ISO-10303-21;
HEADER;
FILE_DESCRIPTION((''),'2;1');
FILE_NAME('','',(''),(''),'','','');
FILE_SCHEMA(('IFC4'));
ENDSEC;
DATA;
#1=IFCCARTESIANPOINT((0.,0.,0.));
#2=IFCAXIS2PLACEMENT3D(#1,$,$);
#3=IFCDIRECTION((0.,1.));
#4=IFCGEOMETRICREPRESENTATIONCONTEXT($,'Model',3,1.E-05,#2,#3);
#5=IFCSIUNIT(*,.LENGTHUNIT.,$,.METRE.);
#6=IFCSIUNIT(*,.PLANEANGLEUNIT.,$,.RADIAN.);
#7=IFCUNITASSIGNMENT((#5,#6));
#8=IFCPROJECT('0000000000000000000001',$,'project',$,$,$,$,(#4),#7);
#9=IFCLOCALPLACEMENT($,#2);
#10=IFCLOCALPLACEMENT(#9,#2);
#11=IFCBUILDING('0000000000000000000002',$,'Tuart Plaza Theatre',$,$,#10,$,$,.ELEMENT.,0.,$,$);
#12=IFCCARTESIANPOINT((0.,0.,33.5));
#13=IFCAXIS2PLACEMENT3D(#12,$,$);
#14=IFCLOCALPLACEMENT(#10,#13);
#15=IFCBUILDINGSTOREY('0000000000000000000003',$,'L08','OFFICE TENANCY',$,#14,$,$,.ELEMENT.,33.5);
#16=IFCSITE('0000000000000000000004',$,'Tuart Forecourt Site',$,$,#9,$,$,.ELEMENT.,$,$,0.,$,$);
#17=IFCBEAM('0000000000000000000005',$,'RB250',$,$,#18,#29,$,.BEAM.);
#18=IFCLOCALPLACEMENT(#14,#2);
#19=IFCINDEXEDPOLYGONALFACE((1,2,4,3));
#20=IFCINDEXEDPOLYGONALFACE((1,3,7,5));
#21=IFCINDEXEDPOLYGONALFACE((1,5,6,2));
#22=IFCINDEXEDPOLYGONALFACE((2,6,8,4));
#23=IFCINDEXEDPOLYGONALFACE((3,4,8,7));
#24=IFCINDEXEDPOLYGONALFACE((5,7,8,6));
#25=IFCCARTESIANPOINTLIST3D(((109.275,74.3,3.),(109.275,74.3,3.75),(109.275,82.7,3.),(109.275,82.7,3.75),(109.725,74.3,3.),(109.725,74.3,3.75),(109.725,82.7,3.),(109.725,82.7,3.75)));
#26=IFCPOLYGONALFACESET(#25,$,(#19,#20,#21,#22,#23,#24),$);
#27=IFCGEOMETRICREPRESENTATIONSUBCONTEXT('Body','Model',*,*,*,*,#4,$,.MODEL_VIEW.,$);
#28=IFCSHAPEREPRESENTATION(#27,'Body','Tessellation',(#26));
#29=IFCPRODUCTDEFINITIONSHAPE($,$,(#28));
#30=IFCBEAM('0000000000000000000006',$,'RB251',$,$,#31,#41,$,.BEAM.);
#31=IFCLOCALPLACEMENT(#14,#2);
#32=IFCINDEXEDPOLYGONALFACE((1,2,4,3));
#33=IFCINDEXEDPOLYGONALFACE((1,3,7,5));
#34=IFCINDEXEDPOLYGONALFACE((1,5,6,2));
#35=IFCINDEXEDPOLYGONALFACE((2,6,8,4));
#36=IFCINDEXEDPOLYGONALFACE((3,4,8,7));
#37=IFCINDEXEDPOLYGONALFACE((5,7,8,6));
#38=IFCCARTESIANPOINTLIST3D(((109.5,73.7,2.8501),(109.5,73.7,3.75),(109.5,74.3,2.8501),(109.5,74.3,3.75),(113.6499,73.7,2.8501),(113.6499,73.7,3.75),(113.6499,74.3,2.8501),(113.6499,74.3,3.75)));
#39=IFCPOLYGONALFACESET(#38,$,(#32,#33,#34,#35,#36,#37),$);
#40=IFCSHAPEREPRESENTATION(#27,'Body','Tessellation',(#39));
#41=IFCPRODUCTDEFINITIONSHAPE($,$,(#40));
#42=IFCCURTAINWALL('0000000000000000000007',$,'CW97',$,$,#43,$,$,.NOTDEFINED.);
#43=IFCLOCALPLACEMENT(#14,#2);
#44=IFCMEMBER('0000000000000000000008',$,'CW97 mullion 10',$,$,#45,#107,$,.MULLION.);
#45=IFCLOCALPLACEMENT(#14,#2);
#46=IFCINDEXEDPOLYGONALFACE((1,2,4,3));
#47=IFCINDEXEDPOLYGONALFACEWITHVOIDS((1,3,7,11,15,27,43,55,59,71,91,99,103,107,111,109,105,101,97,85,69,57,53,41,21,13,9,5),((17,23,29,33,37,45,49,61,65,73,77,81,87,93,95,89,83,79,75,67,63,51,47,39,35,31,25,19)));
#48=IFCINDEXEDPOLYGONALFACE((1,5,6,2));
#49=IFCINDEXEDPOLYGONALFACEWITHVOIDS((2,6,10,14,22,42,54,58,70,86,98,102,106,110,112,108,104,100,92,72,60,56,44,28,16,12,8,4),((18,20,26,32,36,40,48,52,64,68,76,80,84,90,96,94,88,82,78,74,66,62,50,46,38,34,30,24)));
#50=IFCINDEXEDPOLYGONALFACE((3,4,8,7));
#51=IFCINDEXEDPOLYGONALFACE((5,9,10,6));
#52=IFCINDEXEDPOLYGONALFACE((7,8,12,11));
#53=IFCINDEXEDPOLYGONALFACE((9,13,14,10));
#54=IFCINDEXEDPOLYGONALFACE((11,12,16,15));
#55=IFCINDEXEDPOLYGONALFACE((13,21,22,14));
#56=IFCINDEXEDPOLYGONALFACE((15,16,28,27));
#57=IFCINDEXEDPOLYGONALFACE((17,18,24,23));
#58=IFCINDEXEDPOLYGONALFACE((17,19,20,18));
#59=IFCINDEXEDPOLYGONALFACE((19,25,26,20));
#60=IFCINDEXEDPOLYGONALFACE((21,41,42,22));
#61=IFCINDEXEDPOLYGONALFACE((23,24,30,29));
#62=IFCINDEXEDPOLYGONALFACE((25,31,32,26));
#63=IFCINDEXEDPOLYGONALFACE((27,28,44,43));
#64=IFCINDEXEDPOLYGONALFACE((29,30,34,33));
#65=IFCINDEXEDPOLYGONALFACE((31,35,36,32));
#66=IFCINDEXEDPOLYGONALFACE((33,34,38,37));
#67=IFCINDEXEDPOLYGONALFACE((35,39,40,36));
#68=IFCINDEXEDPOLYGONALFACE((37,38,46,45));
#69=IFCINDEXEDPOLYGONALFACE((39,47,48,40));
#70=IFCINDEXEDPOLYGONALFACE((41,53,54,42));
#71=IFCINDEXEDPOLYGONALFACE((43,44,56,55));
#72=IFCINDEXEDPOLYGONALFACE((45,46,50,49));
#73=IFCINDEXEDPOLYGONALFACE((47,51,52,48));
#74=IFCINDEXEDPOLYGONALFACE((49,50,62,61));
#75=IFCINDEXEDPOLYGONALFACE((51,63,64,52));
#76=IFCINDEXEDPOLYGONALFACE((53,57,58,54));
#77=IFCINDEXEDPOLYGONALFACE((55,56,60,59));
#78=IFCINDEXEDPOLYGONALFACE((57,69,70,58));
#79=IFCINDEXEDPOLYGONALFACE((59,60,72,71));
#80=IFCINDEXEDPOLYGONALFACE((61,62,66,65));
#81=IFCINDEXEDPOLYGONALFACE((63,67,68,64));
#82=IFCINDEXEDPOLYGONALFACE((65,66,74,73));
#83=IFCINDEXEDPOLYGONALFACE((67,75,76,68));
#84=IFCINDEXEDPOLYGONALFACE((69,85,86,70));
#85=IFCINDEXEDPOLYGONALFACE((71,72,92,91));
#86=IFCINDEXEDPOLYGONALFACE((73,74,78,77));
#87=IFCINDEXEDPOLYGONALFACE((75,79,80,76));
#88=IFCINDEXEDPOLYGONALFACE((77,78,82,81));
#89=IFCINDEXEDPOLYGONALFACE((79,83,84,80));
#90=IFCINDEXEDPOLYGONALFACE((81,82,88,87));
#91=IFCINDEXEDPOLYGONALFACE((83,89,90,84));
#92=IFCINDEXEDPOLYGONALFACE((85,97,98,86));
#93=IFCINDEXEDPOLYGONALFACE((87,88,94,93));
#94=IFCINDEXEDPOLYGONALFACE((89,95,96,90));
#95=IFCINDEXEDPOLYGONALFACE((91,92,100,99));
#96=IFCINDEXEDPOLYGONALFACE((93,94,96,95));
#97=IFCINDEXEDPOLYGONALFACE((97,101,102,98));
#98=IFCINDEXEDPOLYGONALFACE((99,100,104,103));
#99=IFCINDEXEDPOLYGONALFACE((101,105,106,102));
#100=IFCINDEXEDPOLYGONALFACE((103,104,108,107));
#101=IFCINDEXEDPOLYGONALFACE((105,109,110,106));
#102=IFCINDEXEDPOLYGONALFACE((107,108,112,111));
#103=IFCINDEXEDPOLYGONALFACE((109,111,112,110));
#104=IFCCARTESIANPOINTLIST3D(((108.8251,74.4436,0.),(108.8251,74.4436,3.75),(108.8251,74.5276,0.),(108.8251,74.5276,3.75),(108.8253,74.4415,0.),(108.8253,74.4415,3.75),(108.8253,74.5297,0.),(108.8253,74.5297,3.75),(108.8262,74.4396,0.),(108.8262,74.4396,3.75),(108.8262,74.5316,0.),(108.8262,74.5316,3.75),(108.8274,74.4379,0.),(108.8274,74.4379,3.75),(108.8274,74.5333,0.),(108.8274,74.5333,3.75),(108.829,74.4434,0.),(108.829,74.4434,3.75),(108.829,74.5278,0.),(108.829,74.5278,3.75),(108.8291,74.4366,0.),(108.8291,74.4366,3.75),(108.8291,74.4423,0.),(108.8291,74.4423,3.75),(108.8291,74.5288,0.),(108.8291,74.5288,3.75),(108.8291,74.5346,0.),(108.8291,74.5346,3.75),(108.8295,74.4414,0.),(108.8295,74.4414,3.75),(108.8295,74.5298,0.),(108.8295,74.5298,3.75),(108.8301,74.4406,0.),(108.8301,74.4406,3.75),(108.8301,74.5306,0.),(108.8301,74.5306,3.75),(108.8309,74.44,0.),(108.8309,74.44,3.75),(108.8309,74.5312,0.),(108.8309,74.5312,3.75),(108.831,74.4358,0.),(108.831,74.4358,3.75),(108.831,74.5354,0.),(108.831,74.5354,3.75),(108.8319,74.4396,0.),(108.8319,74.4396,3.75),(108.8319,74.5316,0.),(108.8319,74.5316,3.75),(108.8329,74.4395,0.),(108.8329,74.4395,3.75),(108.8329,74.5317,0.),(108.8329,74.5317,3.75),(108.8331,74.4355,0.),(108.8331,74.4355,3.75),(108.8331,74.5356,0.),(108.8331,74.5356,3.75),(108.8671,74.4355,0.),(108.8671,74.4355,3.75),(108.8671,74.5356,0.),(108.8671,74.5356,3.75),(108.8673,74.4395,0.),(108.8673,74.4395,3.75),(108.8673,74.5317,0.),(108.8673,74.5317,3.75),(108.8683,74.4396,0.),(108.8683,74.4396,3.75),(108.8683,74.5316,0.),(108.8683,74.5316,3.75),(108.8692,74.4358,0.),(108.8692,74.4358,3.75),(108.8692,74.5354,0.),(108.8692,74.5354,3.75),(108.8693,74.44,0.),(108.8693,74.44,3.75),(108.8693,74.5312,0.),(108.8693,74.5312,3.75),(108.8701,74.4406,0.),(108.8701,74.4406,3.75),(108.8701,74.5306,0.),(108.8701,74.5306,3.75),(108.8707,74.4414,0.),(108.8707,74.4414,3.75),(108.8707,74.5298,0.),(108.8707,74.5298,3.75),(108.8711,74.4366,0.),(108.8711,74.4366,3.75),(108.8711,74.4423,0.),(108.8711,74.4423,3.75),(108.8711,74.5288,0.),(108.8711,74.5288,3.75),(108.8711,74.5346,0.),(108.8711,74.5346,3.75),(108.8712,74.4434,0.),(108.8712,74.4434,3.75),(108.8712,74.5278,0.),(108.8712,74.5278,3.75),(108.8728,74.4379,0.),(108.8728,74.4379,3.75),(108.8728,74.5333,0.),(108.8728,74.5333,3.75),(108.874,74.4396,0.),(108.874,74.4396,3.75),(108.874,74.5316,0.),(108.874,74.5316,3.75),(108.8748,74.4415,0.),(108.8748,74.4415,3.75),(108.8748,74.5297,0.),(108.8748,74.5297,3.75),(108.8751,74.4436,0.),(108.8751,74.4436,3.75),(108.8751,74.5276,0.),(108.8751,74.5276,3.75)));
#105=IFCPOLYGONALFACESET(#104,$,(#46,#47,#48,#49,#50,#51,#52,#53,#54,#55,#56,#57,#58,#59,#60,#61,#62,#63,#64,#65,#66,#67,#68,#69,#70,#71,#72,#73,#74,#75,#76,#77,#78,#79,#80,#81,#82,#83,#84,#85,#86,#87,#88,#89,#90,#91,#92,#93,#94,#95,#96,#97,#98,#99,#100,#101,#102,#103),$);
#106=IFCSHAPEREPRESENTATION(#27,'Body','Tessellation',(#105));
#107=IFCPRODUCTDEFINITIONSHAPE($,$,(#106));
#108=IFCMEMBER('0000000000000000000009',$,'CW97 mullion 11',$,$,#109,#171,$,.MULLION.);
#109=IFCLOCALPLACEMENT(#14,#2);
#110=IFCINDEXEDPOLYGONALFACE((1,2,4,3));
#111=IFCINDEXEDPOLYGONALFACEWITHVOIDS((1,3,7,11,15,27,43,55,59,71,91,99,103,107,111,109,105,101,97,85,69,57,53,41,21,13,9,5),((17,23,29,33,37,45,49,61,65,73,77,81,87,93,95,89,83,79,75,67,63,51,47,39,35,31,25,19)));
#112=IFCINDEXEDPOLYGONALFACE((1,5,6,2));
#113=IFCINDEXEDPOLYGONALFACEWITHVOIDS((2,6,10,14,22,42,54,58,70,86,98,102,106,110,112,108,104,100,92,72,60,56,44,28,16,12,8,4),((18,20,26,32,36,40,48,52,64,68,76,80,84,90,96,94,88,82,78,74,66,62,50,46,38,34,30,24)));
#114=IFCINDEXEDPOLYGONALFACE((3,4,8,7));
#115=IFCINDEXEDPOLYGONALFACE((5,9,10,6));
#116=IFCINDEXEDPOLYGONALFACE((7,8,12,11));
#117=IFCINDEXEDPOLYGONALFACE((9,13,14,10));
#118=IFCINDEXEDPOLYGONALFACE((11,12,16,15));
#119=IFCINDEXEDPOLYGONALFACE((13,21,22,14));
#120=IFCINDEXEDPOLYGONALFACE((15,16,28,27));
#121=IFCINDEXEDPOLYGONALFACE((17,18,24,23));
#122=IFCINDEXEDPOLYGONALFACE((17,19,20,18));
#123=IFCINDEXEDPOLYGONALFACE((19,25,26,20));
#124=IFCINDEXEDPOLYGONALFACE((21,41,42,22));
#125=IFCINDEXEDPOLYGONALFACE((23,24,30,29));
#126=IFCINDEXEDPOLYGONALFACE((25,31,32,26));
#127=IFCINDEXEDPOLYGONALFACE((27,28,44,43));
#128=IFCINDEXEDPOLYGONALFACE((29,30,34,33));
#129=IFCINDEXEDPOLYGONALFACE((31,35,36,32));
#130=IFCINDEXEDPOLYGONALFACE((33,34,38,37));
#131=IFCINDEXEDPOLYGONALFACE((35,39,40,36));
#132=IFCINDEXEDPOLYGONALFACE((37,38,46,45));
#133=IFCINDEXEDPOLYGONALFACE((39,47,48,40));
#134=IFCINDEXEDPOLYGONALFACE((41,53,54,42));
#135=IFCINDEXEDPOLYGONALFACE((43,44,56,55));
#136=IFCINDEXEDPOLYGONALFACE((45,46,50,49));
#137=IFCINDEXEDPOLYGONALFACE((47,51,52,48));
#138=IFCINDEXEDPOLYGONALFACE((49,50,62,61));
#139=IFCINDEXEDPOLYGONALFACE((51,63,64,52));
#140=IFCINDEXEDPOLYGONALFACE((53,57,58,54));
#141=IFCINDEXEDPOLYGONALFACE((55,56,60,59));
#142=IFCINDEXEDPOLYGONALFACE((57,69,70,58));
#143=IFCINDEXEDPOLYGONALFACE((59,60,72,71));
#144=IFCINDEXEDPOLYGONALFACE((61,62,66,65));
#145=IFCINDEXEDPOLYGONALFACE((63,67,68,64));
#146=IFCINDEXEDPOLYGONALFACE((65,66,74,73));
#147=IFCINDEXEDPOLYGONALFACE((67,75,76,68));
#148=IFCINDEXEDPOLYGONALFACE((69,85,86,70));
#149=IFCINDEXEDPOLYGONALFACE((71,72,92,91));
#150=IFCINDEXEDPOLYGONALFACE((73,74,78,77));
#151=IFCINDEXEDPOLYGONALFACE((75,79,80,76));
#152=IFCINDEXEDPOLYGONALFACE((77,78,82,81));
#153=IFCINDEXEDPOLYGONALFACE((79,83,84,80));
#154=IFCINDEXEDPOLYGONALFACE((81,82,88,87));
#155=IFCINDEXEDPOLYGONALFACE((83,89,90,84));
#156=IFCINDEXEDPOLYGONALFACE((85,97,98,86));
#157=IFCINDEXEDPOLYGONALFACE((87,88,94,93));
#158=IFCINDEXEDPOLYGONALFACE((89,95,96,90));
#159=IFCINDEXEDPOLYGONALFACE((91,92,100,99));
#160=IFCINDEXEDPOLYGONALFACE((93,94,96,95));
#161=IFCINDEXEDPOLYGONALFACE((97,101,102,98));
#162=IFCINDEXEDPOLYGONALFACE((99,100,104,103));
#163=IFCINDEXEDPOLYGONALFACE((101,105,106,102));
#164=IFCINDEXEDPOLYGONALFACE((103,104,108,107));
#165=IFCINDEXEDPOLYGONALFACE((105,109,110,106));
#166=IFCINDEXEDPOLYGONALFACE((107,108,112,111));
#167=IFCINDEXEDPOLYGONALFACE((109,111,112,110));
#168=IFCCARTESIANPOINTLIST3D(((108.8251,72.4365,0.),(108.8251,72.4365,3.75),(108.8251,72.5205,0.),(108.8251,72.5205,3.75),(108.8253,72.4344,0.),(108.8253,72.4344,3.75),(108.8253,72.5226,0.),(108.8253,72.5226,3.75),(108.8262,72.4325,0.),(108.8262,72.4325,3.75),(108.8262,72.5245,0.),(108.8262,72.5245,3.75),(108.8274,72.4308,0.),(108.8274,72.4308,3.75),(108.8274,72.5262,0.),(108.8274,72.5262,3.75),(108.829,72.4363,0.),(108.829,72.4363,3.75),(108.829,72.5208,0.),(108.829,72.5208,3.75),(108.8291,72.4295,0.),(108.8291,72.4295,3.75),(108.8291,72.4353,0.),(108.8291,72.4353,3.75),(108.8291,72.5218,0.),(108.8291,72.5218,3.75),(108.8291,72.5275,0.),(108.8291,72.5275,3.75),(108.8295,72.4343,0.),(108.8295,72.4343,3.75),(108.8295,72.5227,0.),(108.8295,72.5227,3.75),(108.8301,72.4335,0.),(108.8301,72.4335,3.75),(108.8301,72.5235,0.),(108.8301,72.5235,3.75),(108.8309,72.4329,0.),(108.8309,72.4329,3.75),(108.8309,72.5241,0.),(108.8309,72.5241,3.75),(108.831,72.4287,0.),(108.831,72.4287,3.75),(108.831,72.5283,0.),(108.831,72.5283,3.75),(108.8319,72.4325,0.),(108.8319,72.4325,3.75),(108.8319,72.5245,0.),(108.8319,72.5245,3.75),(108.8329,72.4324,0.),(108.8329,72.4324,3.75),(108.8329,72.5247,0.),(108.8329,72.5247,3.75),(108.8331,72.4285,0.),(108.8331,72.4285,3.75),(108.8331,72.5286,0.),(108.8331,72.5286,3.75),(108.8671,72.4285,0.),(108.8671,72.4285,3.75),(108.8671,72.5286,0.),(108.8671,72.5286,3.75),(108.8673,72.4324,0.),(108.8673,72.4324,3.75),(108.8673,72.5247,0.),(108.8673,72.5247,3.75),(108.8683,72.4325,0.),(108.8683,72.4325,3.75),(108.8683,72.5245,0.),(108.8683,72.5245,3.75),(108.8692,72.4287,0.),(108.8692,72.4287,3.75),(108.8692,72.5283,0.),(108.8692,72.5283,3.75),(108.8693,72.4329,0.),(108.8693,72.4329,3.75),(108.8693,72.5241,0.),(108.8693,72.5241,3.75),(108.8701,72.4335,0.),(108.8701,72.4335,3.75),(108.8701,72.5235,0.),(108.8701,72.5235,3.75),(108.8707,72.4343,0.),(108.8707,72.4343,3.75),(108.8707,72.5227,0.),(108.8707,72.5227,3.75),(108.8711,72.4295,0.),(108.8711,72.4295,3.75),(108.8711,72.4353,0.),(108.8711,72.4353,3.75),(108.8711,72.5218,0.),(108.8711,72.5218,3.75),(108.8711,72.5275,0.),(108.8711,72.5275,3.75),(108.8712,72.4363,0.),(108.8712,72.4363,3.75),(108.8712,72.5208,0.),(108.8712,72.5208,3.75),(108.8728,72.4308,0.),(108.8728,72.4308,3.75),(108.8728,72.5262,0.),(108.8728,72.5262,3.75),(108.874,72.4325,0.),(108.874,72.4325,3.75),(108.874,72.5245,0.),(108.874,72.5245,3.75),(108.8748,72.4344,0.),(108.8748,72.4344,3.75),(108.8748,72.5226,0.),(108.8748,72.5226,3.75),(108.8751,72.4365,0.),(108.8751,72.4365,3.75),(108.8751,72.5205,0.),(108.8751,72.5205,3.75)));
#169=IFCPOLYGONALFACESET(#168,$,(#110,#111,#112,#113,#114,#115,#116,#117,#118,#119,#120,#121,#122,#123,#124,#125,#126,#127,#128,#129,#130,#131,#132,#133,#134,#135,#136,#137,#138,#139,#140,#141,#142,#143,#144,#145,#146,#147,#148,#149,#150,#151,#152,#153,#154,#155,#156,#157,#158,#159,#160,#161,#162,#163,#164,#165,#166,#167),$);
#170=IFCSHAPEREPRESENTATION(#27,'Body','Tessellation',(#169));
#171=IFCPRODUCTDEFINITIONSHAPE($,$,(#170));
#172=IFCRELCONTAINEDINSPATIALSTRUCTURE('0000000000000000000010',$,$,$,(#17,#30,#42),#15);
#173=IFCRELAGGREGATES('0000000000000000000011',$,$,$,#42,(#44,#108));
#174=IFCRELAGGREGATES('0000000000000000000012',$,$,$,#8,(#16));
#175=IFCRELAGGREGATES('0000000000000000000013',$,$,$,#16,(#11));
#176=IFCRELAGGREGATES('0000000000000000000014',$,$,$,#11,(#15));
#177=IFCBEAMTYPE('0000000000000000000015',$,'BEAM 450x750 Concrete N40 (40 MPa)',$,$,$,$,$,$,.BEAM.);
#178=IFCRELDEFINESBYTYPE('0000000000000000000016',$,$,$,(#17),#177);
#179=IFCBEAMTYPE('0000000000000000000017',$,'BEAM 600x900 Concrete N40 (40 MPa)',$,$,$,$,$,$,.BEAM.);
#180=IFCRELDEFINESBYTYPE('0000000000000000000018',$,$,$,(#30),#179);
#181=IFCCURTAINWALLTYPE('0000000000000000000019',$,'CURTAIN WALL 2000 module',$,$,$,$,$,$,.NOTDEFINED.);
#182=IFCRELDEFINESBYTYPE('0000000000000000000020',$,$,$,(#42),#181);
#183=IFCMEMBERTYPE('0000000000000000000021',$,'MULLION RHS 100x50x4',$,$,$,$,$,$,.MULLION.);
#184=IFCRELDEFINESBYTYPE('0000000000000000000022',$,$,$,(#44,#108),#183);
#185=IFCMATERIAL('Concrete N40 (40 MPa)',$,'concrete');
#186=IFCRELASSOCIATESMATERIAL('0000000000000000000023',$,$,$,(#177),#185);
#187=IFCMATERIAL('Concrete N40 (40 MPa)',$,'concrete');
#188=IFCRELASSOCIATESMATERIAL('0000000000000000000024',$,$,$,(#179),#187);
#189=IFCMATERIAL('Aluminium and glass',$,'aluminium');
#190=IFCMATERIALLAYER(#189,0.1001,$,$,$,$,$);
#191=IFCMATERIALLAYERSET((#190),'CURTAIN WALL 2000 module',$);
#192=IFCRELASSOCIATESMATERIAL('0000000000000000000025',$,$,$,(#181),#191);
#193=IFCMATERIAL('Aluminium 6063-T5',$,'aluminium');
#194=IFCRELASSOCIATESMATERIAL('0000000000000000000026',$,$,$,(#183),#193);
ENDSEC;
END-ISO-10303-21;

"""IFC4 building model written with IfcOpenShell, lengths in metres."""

from ifc_helpers import new_model, si_unit, direction, frame, origin, origin_2d, place, context, subcontext, project, spatial, rectangle, hollow_rectangle, extrude, material, layer, layer_set, material_profile, profile_set, type_object, element, aggregate, save


model = new_model("IFC4")

# Units and contexts
model_context = context("Model", 3, precision=1e-05, world=origin(), true_north=direction((0.0, 1.0)))
body_context = subcontext(model_context, "Body", "Model", "MODEL_VIEW")
ifc_project = project(units=[si_unit("LENGTHUNIT", "METRE"), si_unit("PLANEANGLEUNIT", "RADIAN")], contexts=[model_context])

# Site, building, storey
site_placement = place(None, origin())
site = spatial("IfcSite", under=ifc_project, at=site_placement, Name="Tuart Forecourt Site", CompositionType="ELEMENT", RefElevation=0.0)
building_placement = place(site_placement, origin())
building = spatial("IfcBuilding", under=site, at=building_placement, Name="Tuart Plaza Theatre", CompositionType="ELEMENT", ElevationOfRefHeight=0.0)
storey_placement = place(building_placement, frame((0.0, 0.0, 33.5)))
storey = spatial("IfcBuildingStorey", under=building, at=storey_placement, Name="L08", Description="OFFICE TENANCY", CompositionType="ELEMENT", Elevation=33.5)

# Beams
ifc_material_1 = material(Name="Concrete N40 (40 MPa)", Category="concrete")
ifc_material_profile_1 = material_profile(ifc_material_1, rectangle(XDim=0.45, YDim=0.75, at=origin_2d()), Name="BEAM 450x750 Concrete N40 (40 MPa)")
ifc_profile_set_1 = profile_set([ifc_material_profile_1], Name="Concrete N40 (40 MPa)")
beam_type_1 = type_object("IfcBeamType", Name="BEAM 450x750 Concrete N40 (40 MPa)", PredefinedType="BEAM", material=ifc_profile_set_1)
beam_1_placement = place(storey_placement, frame((109.5, 74.3, 3.375), z_axis=(0.0, 1.0, 0.0), x_axis=(-1.0, 0.0, 0.0)))
element("IfcBeam", 1, at=beam_1_placement, inside=storey, type_object=beam_type_1, Name="RB250", PredefinedType="BEAM", context=body_context, shape_type="SweptSolid", body=[
    extrude(rectangle(XDim=0.45, YDim=0.75, at=origin_2d()), origin(), (0.0, 0.0, 1.0), 8.3999),
])
ifc_material_2 = material(Name="Concrete N40 (40 MPa)", Category="concrete")
ifc_material_profile_2 = material_profile(ifc_material_2, rectangle(XDim=0.6001, YDim=0.8999, at=origin_2d()), Name="BEAM 600x900 Concrete N40 (40 MPa)")
ifc_profile_set_2 = profile_set([ifc_material_profile_2], Name="Concrete N40 (40 MPa)")
beam_type_2 = type_object("IfcBeamType", Name="BEAM 600x900 Concrete N40 (40 MPa)", PredefinedType="BEAM", material=ifc_profile_set_2)
beam_2_placement = place(storey_placement, frame((109.5, 74.0, 3.3), z_axis=(1.0, 0.0, 0.0), x_axis=(0.0, 1.0, 0.0)))
element("IfcBeam", 2, at=beam_2_placement, inside=storey, type_object=beam_type_2, Name="RB251", PredefinedType="BEAM", context=body_context, shape_type="SweptSolid", body=[
    extrude(rectangle(XDim=0.6001, YDim=0.8999, at=origin_2d()), origin(), (0.0, 0.0, 1.0), 4.1499),
])

# Curtain wall, members
ifc_material_3 = material(Name="Aluminium and glass", Category="aluminium")
ifc_layer_1 = layer(ifc_material_3, 0.1001)
ifc_layer_set_1 = layer_set([ifc_layer_1], Name="CURTAIN WALL 2000 module")
curtain_wall_type = type_object("IfcCurtainWallType", Name="CURTAIN WALL 2000 module", PredefinedType="NOTDEFINED", material=ifc_layer_set_1)
curtain_wall_placement = place(storey_placement, origin())
curtain_wall = element("IfcCurtainWall", 3, at=curtain_wall_placement, inside=storey, type_object=curtain_wall_type, Name="CW97", PredefinedType="NOTDEFINED")
ifc_material_4 = material(Name="Aluminium 6063-T5", Category="aluminium")
ifc_material_profile_3 = material_profile(ifc_material_4, hollow_rectangle(XDim=0.05, YDim=0.1001, WallThickness=0.0039, InnerFilletRadius=0.0039, OuterFilletRadius=0.0081, at=origin_2d()), Name="RHS 100x50x4")
ifc_profile_set_3 = profile_set([ifc_material_profile_3], Name="Aluminium 6063-T5")
member_type_1 = type_object("IfcMemberType", Name="MULLION RHS 100x50x4", PredefinedType="MULLION", material=ifc_profile_set_3)
member_1_placement = place(storey_placement, frame((108.8501, 74.4856, 0.0), z_axis=(0.0, 0.0, 1.0), x_axis=(1.0, 0.0, 0.0)))
member_1 = element("IfcMember", 4, at=member_1_placement, type_object=member_type_1, Name="CW97 mullion 10", PredefinedType="MULLION", context=body_context, shape_type="SweptSolid", body=[
    extrude(hollow_rectangle(XDim=0.05, YDim=0.1001, WallThickness=0.0039, InnerFilletRadius=0.0039, OuterFilletRadius=0.0081, at=origin_2d()), origin(), (0.0, 0.0, 1.0), 3.75),
])
member_2_placement = place(storey_placement, frame((108.8501, 72.4785, 0.0), z_axis=(0.0, 0.0, 1.0), x_axis=(1.0, 0.0, 0.0)))
member_2 = element("IfcMember", 5, at=member_2_placement, type_object=member_type_1, Name="CW97 mullion 11", PredefinedType="MULLION", context=body_context, shape_type="SweptSolid", body=[
    extrude(hollow_rectangle(XDim=0.05, YDim=0.1001, WallThickness=0.0039, InnerFilletRadius=0.0039, OuterFilletRadius=0.0081, at=origin_2d()), origin(), (0.0, 0.0, 1.0), 3.75),
])
aggregate(curtain_wall, [member_1, member_2])

save(model, "model.ifc")
